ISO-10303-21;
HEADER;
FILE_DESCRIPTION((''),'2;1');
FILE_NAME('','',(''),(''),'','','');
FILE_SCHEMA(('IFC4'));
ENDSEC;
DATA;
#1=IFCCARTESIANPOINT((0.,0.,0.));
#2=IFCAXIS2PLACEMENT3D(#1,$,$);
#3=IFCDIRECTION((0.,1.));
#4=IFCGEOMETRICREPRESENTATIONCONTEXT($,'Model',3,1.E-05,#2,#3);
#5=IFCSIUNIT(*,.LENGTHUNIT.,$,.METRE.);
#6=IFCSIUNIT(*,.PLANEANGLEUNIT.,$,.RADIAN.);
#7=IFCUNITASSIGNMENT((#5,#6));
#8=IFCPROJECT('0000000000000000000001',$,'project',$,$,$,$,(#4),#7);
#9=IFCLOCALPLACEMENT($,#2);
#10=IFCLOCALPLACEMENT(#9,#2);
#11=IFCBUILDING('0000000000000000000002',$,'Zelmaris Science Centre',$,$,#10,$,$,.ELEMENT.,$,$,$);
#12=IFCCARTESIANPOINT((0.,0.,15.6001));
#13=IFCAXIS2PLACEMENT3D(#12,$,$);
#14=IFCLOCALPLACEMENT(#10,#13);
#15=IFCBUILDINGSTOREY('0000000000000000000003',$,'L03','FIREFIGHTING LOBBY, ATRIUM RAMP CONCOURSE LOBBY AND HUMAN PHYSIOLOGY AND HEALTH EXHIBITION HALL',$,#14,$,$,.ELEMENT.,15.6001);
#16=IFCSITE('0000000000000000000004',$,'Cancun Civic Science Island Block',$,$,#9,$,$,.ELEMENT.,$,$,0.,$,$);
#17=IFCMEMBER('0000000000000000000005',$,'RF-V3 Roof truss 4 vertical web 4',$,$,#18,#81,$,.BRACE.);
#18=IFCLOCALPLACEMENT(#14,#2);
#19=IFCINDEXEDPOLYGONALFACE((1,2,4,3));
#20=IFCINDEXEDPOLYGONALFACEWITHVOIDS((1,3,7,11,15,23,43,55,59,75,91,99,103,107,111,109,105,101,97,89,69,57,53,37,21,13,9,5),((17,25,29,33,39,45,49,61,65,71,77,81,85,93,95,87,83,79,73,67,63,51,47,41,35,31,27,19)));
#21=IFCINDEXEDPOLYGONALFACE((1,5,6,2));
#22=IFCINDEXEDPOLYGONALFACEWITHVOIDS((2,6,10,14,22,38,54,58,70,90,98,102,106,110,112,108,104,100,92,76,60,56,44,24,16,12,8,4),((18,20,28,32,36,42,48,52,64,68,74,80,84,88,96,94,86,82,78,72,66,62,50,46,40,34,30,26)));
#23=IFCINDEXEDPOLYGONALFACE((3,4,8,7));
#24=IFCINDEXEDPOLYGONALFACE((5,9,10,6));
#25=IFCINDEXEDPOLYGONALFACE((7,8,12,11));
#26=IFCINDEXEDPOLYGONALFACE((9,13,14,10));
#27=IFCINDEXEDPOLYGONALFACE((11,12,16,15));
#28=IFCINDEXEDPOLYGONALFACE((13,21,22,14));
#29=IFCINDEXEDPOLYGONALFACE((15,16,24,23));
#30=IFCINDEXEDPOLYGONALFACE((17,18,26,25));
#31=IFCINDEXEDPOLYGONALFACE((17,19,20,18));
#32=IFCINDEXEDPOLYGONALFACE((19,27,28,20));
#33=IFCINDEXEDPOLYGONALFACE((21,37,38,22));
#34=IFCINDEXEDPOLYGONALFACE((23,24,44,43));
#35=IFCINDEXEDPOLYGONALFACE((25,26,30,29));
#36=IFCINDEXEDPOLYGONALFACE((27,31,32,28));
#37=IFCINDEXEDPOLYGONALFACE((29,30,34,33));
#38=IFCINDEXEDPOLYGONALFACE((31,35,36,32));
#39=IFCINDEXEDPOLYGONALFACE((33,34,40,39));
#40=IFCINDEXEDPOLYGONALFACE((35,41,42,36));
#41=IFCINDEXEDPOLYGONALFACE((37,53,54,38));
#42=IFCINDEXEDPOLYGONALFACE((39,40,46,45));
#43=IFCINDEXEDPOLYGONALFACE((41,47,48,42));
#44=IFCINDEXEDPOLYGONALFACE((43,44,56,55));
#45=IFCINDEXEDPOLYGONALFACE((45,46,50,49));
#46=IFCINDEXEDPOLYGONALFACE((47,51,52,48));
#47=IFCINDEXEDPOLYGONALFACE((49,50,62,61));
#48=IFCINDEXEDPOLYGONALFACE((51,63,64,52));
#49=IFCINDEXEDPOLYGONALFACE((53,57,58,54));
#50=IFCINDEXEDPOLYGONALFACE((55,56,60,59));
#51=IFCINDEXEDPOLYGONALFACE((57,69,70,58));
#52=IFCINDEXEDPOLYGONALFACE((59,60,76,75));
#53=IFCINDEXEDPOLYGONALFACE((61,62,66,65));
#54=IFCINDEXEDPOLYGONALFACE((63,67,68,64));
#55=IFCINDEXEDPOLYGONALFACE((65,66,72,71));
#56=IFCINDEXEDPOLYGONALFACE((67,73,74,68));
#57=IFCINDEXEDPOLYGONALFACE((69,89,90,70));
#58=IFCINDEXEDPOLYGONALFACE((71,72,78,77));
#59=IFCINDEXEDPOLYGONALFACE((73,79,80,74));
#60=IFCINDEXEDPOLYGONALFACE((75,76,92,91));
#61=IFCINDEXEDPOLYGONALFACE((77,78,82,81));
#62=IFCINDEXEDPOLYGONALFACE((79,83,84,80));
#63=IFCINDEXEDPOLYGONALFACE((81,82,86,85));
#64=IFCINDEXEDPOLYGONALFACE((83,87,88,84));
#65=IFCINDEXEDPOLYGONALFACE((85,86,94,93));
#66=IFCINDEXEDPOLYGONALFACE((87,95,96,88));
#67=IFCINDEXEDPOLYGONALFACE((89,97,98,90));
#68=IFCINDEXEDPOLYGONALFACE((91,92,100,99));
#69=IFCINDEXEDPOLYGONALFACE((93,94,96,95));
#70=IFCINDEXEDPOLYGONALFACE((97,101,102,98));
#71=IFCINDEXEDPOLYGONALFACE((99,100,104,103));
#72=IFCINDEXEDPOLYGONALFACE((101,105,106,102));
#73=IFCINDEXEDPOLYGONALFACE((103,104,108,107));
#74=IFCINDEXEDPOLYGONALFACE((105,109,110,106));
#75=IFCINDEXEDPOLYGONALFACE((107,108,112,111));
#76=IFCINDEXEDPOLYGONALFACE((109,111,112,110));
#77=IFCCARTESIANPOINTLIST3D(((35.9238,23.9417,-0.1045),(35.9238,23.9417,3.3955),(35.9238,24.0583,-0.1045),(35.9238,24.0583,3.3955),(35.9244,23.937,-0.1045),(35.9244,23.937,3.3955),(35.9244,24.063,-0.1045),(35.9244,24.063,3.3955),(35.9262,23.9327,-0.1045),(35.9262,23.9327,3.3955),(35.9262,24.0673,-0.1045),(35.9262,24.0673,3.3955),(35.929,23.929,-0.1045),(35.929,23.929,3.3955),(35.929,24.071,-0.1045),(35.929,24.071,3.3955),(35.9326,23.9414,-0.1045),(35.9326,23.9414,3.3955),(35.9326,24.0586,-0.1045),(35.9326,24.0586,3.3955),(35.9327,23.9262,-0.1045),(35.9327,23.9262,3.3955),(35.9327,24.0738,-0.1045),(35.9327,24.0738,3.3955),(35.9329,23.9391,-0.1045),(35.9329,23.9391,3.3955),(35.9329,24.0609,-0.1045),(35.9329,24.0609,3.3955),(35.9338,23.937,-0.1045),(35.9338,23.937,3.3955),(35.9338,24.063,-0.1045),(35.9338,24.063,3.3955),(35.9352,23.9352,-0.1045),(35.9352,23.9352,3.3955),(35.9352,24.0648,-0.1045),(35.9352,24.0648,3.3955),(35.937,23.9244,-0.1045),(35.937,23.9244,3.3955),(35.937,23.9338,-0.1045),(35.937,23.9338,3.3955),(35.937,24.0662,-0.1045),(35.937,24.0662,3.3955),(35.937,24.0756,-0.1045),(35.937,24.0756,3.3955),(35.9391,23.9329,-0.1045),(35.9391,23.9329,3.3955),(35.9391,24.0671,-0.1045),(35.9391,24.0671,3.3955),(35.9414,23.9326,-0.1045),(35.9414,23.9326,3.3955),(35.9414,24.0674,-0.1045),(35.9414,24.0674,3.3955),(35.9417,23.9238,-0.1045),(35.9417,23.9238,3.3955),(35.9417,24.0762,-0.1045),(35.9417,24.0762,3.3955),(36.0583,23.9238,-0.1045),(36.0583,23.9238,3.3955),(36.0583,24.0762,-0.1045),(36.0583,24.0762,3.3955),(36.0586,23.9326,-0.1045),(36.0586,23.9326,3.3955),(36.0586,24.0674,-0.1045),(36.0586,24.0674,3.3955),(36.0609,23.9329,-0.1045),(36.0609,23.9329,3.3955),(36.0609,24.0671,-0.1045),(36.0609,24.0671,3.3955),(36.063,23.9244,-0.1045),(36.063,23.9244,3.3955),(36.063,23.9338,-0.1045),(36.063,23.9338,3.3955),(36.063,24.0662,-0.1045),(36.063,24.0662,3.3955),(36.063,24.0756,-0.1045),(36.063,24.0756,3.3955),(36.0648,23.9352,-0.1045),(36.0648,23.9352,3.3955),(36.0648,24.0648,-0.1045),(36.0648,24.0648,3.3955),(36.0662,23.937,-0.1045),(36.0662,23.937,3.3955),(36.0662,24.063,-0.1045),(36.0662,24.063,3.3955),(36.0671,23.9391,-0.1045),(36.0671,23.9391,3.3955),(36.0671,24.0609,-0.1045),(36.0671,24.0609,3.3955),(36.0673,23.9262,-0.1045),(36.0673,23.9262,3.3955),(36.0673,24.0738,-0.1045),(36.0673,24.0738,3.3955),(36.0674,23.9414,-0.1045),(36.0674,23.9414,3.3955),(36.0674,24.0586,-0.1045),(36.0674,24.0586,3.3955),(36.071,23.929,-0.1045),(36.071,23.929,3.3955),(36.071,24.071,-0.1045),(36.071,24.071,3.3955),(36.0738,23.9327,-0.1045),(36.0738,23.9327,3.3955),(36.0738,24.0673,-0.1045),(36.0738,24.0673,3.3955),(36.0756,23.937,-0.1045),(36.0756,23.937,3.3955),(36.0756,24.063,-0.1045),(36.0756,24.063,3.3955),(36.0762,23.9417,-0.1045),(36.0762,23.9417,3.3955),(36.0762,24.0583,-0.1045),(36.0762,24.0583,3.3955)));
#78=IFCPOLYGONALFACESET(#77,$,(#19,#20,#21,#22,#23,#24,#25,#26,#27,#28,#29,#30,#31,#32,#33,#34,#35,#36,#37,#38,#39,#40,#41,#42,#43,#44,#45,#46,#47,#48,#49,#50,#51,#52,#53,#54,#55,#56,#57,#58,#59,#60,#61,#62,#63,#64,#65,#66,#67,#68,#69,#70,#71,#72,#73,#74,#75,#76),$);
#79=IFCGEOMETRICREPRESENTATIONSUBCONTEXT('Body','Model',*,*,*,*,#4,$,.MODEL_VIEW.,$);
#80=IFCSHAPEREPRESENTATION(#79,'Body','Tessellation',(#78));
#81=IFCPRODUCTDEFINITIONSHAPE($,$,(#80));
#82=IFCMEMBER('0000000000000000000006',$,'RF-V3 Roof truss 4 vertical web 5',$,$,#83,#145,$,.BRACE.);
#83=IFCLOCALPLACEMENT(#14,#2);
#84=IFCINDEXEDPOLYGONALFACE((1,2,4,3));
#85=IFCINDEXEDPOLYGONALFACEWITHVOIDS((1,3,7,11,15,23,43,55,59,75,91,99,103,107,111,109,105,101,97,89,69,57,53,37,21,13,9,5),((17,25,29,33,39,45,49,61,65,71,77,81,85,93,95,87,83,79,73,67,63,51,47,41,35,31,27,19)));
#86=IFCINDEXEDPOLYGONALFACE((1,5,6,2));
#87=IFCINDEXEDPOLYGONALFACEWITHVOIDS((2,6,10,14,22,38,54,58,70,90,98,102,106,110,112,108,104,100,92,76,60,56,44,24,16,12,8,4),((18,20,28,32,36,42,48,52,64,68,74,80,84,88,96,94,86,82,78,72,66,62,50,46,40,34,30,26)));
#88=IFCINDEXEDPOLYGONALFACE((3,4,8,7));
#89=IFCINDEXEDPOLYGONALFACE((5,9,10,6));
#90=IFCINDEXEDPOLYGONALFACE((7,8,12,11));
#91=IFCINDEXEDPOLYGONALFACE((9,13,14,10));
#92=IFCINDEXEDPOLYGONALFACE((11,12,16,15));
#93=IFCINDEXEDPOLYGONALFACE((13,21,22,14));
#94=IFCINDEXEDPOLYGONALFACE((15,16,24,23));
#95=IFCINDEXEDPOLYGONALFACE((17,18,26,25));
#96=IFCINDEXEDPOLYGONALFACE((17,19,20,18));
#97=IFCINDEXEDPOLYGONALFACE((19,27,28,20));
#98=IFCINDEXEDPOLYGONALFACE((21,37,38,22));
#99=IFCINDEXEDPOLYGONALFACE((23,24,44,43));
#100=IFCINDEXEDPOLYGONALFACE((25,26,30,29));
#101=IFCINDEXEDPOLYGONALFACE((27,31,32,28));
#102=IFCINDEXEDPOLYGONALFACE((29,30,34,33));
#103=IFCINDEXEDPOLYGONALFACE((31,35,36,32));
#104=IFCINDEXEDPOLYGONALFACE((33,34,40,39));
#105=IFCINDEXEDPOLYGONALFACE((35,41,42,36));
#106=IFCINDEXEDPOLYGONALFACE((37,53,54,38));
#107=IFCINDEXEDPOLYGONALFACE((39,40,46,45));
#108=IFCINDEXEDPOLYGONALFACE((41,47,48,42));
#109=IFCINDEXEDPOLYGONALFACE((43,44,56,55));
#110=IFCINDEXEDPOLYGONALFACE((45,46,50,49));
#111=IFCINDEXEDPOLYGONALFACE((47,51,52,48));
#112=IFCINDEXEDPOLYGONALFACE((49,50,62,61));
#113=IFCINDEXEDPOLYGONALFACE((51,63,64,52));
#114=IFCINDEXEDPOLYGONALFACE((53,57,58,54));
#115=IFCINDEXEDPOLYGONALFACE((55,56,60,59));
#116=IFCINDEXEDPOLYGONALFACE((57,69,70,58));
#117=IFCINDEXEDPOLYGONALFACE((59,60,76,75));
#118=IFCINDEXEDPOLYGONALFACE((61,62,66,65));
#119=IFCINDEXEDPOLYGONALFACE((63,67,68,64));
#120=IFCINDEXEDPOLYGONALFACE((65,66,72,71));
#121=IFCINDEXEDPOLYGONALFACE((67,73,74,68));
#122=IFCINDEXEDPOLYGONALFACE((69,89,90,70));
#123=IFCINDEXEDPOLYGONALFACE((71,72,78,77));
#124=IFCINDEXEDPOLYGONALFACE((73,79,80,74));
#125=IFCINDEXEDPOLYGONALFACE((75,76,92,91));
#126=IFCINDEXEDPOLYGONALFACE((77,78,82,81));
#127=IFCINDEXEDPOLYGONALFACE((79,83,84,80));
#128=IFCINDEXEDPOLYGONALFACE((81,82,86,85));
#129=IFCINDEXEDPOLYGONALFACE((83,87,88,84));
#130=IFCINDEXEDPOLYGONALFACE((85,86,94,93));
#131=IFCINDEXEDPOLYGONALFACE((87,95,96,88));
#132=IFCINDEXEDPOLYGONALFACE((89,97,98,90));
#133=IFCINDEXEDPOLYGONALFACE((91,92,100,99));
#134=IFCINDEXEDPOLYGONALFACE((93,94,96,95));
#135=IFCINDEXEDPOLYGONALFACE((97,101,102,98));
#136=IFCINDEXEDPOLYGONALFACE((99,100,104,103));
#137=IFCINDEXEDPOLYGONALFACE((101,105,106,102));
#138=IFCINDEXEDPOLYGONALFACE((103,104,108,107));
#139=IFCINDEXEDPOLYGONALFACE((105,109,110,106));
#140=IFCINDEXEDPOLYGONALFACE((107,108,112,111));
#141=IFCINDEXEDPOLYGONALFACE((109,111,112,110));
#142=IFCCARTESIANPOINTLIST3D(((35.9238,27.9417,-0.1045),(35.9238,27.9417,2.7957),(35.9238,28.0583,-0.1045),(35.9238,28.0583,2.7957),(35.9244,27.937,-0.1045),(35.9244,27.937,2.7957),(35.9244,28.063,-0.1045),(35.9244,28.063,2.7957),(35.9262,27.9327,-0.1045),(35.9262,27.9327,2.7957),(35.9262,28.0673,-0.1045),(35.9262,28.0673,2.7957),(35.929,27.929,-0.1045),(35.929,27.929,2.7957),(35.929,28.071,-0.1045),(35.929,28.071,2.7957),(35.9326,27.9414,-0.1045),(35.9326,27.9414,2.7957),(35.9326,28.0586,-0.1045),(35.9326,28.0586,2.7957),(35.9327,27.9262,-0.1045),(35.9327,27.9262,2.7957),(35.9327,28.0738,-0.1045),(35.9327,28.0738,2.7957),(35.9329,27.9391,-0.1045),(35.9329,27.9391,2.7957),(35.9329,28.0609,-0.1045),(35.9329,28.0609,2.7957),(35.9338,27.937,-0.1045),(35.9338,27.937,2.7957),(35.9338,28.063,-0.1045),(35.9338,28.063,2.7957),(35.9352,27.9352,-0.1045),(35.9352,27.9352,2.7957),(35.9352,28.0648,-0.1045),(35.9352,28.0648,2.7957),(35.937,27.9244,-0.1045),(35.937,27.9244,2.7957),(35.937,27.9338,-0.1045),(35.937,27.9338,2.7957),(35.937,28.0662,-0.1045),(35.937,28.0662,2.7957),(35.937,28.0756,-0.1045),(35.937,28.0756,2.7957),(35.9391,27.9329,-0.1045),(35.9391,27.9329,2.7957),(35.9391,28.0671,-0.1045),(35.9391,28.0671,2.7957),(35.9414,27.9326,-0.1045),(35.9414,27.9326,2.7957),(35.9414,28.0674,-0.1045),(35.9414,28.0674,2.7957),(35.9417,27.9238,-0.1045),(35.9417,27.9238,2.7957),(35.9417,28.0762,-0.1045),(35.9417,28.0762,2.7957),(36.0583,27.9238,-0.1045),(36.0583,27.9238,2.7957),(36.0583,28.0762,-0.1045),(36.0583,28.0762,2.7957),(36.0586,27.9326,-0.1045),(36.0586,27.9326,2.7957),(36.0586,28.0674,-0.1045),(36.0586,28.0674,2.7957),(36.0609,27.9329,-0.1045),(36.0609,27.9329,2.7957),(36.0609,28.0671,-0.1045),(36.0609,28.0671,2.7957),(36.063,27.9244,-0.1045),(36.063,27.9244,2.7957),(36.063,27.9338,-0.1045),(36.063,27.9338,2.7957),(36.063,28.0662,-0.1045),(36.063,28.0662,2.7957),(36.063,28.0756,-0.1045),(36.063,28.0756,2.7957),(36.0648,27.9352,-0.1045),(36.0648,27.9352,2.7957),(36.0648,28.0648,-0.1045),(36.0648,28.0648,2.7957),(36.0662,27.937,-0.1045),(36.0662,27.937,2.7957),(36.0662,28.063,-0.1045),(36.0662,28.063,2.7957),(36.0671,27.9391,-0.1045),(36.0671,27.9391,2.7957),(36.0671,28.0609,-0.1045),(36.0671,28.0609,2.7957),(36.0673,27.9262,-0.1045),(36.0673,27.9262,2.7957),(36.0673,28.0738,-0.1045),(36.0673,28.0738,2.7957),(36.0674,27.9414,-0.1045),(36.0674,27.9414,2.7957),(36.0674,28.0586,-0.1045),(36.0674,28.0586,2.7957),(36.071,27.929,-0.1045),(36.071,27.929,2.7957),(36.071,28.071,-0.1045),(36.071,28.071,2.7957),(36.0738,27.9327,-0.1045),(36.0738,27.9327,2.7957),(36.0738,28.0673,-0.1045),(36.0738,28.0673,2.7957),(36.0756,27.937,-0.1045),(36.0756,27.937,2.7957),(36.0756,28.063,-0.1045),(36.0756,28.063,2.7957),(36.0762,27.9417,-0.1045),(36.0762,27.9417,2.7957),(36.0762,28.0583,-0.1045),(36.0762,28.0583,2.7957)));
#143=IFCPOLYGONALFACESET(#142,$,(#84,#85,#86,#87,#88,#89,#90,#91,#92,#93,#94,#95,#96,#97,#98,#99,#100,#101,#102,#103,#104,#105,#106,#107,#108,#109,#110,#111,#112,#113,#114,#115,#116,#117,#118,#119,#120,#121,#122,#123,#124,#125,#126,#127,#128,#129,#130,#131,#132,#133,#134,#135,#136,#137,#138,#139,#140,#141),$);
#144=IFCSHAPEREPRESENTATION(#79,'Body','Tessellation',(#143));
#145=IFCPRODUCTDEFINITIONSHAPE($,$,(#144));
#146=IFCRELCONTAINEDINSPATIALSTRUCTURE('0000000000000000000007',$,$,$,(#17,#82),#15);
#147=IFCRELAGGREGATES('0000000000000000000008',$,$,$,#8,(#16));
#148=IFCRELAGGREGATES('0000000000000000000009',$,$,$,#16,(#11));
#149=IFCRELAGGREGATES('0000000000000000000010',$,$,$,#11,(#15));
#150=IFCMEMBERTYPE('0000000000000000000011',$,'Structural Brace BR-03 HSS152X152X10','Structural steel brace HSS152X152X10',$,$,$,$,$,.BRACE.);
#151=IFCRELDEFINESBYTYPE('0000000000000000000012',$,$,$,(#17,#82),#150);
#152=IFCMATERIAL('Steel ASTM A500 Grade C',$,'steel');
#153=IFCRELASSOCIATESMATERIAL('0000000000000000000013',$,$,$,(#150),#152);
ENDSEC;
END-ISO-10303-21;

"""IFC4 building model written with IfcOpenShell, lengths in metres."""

from ifc_helpers import new_model, si_unit, direction, frame, origin, origin_2d, place, context, subcontext, project, spatial, hollow_rectangle, extrude, material, material_profile, profile_set, type_object, element, save


model = new_model("IFC4")

# Units and contexts
model_context = context("Model", 3, precision=1e-05, world=origin(), true_north=direction((0.0, 1.0)))
body_context = subcontext(model_context, "Body", "Model", "MODEL_VIEW")
ifc_project = project(units=[si_unit("LENGTHUNIT", "METRE"), si_unit("PLANEANGLEUNIT", "RADIAN")], contexts=[model_context])

# Site, building, storey
site_placement = place(None, origin())
site = spatial("IfcSite", under=ifc_project, at=site_placement, Name="Cancun Civic Science Island Block", CompositionType="ELEMENT", RefElevation=0.0)
building_placement = place(site_placement, origin())
building = spatial("IfcBuilding", under=site, at=building_placement, Name="Zelmaris Science Centre", CompositionType="ELEMENT")
storey_placement = place(building_placement, frame((0.0, 0.0, 15.6001)))
storey = spatial("IfcBuildingStorey", under=building, at=storey_placement, Name="L03", Description="FIREFIGHTING LOBBY, ATRIUM RAMP CONCOURSE LOBBY AND HUMAN PHYSIOLOGY AND HEALTH EXHIBITION HALL", CompositionType="ELEMENT", Elevation=15.6001)

# Shared definitions
ifc_material_1 = material(Name="Steel ASTM A500 Grade C", Category="steel")

# Members
ifc_material_profile_1 = material_profile(ifc_material_1, hollow_rectangle(XDim=0.1523, YDim=0.1523, WallThickness=0.0088, InnerFilletRadius=0.0088, OuterFilletRadius=0.0178, at=origin_2d()), Name="HSS152X152X10")
ifc_profile_set_1 = profile_set([ifc_material_profile_1], Name="Steel ASTM A500 Grade C")
member_type_1 = type_object("IfcMemberType", Name="Structural Brace BR-03 HSS152X152X10", Description="Structural steel brace HSS152X152X10", PredefinedType="BRACE", material=ifc_profile_set_1)
member_1_placement = place(storey_placement, frame((36.0, 24.0, -0.1045), z_axis=(0.0, 0.0, 1.0), x_axis=(1.0, 0.0, 0.0)))
element("IfcMember", 1, at=member_1_placement, inside=storey, type_object=member_type_1, Name="RF-V3 Roof truss 4 vertical web 4", PredefinedType="BRACE", context=body_context, shape_type="SweptSolid", body=[
    extrude(hollow_rectangle(XDim=0.1523, YDim=0.1523, WallThickness=0.0088, InnerFilletRadius=0.0088, OuterFilletRadius=0.0178, at=origin_2d()), origin(), (0.0, 0.0, 1.0), 3.5),
])
member_2_placement = place(storey_placement, frame((36.0, 28.0, -0.1045), z_axis=(0.0, 0.0, 1.0), x_axis=(1.0, 0.0, 0.0)))
element("IfcMember", 2, at=member_2_placement, inside=storey, type_object=member_type_1, Name="RF-V3 Roof truss 4 vertical web 5", PredefinedType="BRACE", context=body_context, shape_type="SweptSolid", body=[
    extrude(hollow_rectangle(XDim=0.1523, YDim=0.1523, WallThickness=0.0088, InnerFilletRadius=0.0088, OuterFilletRadius=0.0178, at=origin_2d()), origin(), (0.0, 0.0, 1.0), 2.9001),
])

save(model, "model.ifc")
